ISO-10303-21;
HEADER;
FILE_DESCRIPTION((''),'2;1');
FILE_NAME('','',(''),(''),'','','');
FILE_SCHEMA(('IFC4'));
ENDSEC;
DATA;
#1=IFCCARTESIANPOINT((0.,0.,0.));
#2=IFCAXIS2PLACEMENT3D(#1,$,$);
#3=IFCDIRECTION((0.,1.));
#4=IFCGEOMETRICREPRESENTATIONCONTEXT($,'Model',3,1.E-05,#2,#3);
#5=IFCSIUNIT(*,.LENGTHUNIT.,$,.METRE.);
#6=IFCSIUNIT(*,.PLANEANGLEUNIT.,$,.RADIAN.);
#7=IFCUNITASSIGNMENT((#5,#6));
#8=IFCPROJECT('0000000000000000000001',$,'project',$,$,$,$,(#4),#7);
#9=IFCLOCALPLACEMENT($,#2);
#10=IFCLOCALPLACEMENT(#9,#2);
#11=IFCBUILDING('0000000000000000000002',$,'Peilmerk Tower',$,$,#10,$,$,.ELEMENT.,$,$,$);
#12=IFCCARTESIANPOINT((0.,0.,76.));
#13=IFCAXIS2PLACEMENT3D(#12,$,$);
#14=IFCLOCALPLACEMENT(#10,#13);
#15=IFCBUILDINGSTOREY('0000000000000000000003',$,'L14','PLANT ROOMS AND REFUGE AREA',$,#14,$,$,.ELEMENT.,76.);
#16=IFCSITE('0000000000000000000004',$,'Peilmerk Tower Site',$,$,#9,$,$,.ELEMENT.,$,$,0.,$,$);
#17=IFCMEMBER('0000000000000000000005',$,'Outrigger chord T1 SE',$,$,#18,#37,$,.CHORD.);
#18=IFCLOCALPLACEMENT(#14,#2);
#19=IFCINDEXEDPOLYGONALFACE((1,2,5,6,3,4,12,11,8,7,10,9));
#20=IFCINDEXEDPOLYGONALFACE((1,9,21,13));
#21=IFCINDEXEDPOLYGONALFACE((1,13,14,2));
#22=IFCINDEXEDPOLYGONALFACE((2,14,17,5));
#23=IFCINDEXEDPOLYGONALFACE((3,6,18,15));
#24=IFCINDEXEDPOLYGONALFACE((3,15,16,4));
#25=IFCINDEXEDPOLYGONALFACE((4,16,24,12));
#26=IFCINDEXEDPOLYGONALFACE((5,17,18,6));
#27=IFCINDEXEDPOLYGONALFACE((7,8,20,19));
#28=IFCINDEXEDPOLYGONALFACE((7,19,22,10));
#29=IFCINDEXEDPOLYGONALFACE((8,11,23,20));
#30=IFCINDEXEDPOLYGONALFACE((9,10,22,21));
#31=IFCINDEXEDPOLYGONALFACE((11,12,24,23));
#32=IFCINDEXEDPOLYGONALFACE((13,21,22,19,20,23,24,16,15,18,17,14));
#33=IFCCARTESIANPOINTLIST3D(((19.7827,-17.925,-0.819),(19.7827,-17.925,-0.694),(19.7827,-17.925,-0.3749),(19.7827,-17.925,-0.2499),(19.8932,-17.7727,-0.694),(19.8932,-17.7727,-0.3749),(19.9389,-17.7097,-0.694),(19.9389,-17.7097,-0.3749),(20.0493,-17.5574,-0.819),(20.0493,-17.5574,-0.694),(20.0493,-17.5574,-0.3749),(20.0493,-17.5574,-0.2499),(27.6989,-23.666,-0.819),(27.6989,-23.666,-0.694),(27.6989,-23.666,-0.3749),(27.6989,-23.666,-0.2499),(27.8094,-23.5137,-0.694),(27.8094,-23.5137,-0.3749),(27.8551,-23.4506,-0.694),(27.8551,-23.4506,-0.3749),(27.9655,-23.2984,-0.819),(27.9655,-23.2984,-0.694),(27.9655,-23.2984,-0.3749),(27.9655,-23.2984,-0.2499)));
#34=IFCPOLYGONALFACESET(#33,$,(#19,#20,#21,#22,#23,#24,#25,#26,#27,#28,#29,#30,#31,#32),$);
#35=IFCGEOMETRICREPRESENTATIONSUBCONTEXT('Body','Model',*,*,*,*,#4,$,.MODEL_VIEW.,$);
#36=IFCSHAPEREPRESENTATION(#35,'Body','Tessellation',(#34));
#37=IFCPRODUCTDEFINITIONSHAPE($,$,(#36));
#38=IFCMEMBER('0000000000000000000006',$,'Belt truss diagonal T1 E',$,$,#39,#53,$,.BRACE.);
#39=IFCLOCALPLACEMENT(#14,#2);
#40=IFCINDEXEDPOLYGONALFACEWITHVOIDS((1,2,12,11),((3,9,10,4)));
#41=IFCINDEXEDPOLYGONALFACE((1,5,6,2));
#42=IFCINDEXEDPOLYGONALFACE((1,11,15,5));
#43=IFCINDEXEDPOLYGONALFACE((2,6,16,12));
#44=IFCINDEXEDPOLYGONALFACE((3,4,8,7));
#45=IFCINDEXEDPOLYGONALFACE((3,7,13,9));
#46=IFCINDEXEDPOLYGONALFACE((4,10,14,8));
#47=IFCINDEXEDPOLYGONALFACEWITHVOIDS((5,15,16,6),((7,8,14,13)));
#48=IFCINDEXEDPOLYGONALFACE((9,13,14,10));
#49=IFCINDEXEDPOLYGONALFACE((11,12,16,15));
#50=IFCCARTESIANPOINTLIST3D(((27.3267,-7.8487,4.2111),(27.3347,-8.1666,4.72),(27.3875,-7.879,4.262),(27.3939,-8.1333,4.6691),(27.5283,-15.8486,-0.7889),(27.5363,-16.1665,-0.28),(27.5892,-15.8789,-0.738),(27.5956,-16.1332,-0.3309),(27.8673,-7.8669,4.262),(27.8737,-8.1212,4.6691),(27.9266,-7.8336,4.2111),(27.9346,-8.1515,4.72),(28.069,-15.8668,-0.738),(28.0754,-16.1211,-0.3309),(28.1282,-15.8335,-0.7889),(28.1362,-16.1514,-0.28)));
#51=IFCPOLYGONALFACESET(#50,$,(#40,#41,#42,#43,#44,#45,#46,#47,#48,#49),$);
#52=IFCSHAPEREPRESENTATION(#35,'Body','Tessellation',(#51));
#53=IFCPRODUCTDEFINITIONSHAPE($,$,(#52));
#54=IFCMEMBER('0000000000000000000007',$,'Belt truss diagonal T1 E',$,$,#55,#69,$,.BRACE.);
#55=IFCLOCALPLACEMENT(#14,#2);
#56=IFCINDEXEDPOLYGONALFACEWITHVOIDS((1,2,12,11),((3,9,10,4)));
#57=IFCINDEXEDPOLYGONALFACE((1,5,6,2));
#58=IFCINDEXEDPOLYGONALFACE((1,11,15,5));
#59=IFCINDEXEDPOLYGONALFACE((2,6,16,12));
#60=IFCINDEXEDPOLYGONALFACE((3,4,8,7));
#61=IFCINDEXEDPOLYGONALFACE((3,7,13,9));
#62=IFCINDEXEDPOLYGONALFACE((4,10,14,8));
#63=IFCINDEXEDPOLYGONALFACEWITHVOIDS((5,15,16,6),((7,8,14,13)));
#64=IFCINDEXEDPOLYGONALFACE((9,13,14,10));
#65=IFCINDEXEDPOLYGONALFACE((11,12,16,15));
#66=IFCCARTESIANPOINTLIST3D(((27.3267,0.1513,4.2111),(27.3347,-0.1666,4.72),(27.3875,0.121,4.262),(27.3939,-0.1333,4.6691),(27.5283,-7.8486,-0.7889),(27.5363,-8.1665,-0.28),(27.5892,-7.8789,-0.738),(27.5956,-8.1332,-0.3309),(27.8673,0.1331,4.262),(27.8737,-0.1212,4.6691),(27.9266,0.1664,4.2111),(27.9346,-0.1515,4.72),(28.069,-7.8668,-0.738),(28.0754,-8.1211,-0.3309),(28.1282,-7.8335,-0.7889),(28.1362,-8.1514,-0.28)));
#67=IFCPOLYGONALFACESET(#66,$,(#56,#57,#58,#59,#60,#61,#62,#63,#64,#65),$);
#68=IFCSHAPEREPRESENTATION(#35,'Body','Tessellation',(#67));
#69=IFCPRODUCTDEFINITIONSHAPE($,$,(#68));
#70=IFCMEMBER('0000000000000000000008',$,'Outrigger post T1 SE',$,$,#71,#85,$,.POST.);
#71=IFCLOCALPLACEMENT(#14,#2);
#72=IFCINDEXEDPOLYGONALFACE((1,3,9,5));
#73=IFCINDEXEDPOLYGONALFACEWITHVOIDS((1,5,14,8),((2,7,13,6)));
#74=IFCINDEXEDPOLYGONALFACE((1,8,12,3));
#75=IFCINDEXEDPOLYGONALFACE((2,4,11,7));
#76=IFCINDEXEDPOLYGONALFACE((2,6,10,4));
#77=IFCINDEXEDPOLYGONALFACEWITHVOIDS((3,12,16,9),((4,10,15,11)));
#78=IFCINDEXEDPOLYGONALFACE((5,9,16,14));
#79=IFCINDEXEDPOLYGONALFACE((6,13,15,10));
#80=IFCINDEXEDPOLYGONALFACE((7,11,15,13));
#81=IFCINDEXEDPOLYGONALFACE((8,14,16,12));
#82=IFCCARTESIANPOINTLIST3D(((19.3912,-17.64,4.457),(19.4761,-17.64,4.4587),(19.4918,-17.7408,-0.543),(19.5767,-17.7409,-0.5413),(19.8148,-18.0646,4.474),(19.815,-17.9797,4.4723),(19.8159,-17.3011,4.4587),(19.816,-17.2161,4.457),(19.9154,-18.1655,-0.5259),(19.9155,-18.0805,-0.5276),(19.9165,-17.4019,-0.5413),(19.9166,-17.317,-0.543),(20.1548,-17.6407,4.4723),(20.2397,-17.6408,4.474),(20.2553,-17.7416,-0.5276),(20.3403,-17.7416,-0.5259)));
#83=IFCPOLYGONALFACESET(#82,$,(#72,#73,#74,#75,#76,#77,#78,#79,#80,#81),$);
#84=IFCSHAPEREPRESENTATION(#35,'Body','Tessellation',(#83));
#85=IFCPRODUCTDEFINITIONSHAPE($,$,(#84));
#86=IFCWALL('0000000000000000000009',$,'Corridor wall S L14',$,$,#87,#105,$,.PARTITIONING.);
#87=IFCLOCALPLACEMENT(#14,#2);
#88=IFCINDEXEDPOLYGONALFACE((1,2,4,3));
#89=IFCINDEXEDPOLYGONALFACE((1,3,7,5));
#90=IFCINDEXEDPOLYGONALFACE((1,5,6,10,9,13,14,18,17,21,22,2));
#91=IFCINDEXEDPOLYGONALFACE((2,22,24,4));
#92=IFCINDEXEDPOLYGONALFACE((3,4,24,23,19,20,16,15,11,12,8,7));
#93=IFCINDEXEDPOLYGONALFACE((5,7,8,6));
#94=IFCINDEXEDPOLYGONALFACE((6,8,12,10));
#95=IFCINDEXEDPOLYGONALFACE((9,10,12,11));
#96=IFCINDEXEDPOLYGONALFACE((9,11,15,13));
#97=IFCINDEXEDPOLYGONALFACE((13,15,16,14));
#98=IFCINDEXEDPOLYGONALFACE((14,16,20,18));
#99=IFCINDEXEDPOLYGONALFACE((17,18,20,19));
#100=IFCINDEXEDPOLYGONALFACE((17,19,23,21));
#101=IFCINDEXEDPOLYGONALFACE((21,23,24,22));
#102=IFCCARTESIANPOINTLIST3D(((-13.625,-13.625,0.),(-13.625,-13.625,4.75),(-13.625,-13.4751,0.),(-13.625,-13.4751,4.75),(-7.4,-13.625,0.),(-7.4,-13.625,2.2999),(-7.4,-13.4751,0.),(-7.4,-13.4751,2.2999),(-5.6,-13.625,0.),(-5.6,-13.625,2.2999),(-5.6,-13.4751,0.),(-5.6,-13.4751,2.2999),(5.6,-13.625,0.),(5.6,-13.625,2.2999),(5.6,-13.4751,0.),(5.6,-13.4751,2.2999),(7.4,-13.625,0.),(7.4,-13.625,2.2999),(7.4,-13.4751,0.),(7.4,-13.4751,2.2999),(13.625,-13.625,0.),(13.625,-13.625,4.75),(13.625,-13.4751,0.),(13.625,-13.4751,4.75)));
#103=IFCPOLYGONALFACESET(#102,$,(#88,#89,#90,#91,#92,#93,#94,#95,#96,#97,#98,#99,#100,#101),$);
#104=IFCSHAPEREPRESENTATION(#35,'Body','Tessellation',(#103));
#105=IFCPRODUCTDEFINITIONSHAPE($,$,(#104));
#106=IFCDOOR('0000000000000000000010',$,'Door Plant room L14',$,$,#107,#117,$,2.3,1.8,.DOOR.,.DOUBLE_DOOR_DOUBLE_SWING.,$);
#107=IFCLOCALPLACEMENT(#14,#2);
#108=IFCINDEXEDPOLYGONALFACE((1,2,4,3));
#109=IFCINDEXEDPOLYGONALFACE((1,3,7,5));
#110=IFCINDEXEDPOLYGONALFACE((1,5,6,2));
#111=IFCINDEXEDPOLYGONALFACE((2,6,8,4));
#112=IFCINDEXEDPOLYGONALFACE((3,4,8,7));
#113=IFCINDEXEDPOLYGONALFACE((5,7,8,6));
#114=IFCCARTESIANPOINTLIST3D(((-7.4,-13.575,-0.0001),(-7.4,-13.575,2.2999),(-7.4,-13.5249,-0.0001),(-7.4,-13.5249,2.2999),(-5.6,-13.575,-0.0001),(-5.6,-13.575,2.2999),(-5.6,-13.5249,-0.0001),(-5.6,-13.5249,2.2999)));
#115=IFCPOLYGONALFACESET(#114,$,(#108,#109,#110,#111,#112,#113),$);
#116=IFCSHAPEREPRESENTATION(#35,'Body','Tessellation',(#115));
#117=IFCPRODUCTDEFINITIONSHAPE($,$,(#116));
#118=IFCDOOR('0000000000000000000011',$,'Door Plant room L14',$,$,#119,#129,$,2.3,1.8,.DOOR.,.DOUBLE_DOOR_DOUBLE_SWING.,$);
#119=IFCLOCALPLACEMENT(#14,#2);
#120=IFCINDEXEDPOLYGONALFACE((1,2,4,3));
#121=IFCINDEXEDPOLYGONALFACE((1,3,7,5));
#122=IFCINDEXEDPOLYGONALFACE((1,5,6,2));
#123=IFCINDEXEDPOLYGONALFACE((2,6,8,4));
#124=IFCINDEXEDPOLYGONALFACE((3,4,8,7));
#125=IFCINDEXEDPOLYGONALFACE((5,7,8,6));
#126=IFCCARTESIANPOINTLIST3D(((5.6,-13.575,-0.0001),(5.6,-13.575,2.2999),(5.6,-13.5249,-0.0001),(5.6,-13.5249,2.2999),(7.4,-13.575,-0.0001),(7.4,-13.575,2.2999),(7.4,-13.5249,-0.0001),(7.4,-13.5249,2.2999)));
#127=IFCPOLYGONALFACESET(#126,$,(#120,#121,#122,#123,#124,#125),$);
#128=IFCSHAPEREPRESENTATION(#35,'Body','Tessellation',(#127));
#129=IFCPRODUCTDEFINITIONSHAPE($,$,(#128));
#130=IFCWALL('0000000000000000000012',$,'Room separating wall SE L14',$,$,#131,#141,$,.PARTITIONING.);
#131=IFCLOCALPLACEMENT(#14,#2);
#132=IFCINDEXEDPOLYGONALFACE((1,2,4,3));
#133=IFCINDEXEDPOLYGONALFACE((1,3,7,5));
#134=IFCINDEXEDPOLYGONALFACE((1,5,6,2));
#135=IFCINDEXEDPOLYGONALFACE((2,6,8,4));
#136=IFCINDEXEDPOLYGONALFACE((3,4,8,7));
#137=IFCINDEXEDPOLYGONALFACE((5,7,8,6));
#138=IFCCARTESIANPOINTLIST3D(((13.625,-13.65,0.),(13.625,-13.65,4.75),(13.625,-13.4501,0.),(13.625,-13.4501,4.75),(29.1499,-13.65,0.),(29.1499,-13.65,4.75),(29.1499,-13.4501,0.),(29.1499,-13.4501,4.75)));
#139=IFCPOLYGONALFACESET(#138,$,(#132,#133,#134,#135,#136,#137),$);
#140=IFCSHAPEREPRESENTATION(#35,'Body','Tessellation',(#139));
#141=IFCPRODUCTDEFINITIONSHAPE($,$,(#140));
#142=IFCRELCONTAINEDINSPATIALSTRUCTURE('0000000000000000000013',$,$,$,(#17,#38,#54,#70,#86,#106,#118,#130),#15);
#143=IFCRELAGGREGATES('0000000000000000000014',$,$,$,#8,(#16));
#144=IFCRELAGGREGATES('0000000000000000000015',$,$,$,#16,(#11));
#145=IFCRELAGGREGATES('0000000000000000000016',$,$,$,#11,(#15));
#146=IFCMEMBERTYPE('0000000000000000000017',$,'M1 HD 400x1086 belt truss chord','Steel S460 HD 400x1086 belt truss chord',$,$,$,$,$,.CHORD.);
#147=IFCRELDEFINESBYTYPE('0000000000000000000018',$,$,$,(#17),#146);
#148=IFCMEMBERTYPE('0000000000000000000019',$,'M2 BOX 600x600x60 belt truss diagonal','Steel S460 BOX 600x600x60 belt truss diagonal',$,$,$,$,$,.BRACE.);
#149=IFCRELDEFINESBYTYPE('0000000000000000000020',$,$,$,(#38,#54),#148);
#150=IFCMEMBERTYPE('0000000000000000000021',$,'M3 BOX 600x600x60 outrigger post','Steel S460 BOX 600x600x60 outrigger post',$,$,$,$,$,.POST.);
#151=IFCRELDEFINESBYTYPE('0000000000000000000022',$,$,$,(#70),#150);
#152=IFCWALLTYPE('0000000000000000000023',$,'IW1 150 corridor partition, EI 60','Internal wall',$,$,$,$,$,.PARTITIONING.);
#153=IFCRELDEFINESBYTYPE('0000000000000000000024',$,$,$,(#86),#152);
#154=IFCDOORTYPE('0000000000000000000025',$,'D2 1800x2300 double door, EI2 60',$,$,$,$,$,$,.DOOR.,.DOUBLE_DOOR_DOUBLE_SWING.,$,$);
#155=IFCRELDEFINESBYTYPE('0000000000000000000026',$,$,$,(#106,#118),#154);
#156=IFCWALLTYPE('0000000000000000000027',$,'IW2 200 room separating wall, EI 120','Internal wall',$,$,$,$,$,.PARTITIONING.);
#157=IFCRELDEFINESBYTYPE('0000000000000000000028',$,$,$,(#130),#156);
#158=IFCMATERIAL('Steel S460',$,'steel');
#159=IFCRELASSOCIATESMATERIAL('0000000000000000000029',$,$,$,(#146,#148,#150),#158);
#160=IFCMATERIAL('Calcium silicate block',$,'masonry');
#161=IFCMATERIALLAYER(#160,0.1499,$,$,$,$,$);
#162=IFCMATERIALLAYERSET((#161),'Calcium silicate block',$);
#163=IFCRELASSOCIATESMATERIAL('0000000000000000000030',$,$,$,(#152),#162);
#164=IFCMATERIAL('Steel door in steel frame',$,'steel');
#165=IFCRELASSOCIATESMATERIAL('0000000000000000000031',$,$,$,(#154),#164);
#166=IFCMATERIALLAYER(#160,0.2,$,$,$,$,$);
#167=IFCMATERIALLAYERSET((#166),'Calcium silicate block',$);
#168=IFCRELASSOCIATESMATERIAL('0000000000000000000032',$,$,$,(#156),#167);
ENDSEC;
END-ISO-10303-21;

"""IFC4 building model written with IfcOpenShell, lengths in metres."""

from ifc_helpers import new_model, si_unit, direction, frame, frame_2d, origin, origin_2d, place, context, subcontext, project, spatial, rectangle, hollow_rectangle, i_section, extrude, material, layer, layer_set, material_profile, profile_set, type_object, element, fill, save


model = new_model("IFC4")

# Units and contexts
model_context = context("Model", 3, precision=1e-05, world=origin(), true_north=direction((0.0, 1.0)))
body_context = subcontext(model_context, "Body", "Model", "MODEL_VIEW")
ifc_project = project(units=[si_unit("LENGTHUNIT", "METRE"), si_unit("PLANEANGLEUNIT", "RADIAN")], contexts=[model_context])

# Site, building, storey
site_placement = place(None, origin())
site = spatial("IfcSite", under=ifc_project, at=site_placement, Name="Peilmerk Tower Site", CompositionType="ELEMENT", RefElevation=0.0)
building_placement = place(site_placement, origin())
building = spatial("IfcBuilding", under=site, at=building_placement, Name="Peilmerk Tower", CompositionType="ELEMENT")
storey_placement = place(building_placement, frame((0.0, 0.0, 76.0)))
storey = spatial("IfcBuildingStorey", under=building, at=storey_placement, Name="L14", Description="PLANT ROOMS AND REFUGE AREA", CompositionType="ELEMENT", Elevation=76.0)

# Shared definitions
ifc_material_1 = material(Name="Steel S460", Category="steel")

# Members
ifc_material_profile_1 = material_profile(ifc_material_1, i_section(OverallWidth=0.4541, OverallDepth=0.5691, WebThickness=0.0779, FlangeThickness=0.125, at=origin_2d()), Name="HD 400x1086")
ifc_profile_set_1 = profile_set([ifc_material_profile_1], Name="Steel S460")
member_type_1 = type_object("IfcMemberType", Name="M1 HD 400x1086 belt truss chord", Description="Steel S460 HD 400x1086 belt truss chord", PredefinedType="CHORD", material=ifc_profile_set_1)
member_1_placement = place(storey_placement, frame((19.916, -17.7412, -0.5344), z_axis=(0.809529, -0.58708, 0.0), x_axis=(0.58708, 0.809529, 0.0)))
element("IfcMember", 1, at=member_1_placement, inside=storey, type_object=member_type_1, Name="Outrigger chord T1 SE", PredefinedType="CHORD", context=body_context, shape_type="SweptSolid", body=[
    extrude(i_section(OverallWidth=0.4541, OverallDepth=0.5691, WebThickness=0.0779, FlangeThickness=0.125, at=origin_2d()), origin(), (0.0, 0.0, 1.0), 9.7788),
])
ifc_material_profile_2 = material_profile(ifc_material_1, hollow_rectangle(XDim=0.6001, YDim=0.6001, WallThickness=0.0601, at=origin_2d()), Name="BOX 600x600x60")
ifc_profile_set_2 = profile_set([ifc_material_profile_2], Name="Steel S460")
member_type_2 = type_object("IfcMemberType", Name="M2 BOX 600x600x60 belt truss diagonal", Description="Steel S460 BOX 600x600x60 belt truss diagonal", PredefinedType="BRACE", material=ifc_profile_set_2)
for number, where, z_axis, x_axis, name in (
    (2, (27.8323, -16.0, -0.5344), (-0.021371, 0.847805, 0.529878), (-0.999682, -0.0252, 0.0), "Belt truss diagonal T1 E"),
    (3, (27.8323, -8.0, -0.5344), (-0.021371, 0.847805, 0.529878), (-0.999682, -0.0252, 0.0), "Belt truss diagonal T1 E"),
):
    element("IfcMember", number, at=place(storey_placement, frame(where, z_axis=z_axis, x_axis=x_axis)), inside=storey, type_object=member_type_2, Name=name, PredefinedType="BRACE", context=body_context, shape_type="SweptSolid", body=[
        extrude(hollow_rectangle(XDim=0.6001, YDim=0.6001, WallThickness=0.0601, at=origin_2d()), origin(), (0.0, 0.0, 1.0), 9.436),
    ])
ifc_material_profile_3 = material_profile(ifc_material_1, hollow_rectangle(XDim=0.6001, YDim=0.6001, WallThickness=0.0601, at=origin_2d()), Name="BOX 600x600x60")
ifc_profile_set_3 = profile_set([ifc_material_profile_3], Name="Steel S460")
member_type_3 = type_object("IfcMemberType", Name="M3 BOX 600x600x60 outrigger post", Description="Steel S460 BOX 600x600x60 outrigger post", PredefinedType="POST", material=ifc_profile_set_3)
member_2_placement = place(storey_placement, frame((19.916, -17.7412, -0.5344), z_axis=(-0.020109, 0.020158, 0.999595), x_axis=(-0.707963, -0.706249, 0.0)))
element("IfcMember", 4, at=member_2_placement, inside=storey, type_object=member_type_3, Name="Outrigger post T1 SE", PredefinedType="POST", context=body_context, shape_type="SweptSolid", body=[
    extrude(hollow_rectangle(XDim=0.6001, YDim=0.6001, WallThickness=0.0601, at=origin_2d()), origin(), (0.0, 0.0, 1.0), 5.002),
])

# Wall, openings, doors
ifc_material_2 = material(Name="Calcium silicate block", Category="masonry")
ifc_layer_1 = layer(ifc_material_2, 0.1499)
ifc_layer_set_1 = layer_set([ifc_layer_1], Name="Calcium silicate block")
wall_type_1 = type_object("IfcWallType", Name="IW1 150 corridor partition, EI 60", Description="Internal wall", PredefinedType="PARTITIONING", material=ifc_layer_set_1)
wall_1_placement = place(storey_placement, frame((13.625, -13.55, 0.0), z_axis=(0.0, 0.0, 1.0), x_axis=(-1.0, 0.0, 0.0)))
wall_1 = element("IfcWall", 5, at=wall_1_placement, inside=storey, type_object=wall_type_1, Name="Corridor wall S L14", PredefinedType="PARTITIONING", context=body_context, shape_type="SweptSolid", body=[
    extrude(rectangle(XDim=27.25, YDim=0.1499, at=frame_2d((13.625, 0.0))), origin(), (0.0, 0.0, 1.0), 4.75),
])
opening_1_placement = place(wall_1_placement, frame((19.2251, 0.0, 0.0)))
opening_1 = element("IfcOpeningElement", 6, at=opening_1_placement, cuts=wall_1, PredefinedType="OPENING", context=body_context, shape_type="SweptSolid", body=[
    extrude(rectangle(XDim=1.8, YDim=2.3, at=frame_2d((0.8999, 1.1499))), frame((0.0, 0.085, 0.0), z_axis=(0.0, -1.0, 0.0), x_axis=(1.0, 0.0, 0.0)), (0.0, 0.0, 1.0), 0.1699),
])
opening_2_placement = place(wall_1_placement, frame((6.2251, 0.0, 0.0)))
opening_2 = element("IfcOpeningElement", 7, at=opening_2_placement, cuts=wall_1, PredefinedType="OPENING", context=body_context, shape_type="SweptSolid", body=[
    extrude(rectangle(XDim=1.8, YDim=2.3, at=frame_2d((0.8999, 1.1499))), frame((0.0, 0.085, 0.0), z_axis=(0.0, -1.0, 0.0), x_axis=(1.0, 0.0, 0.0)), (0.0, 0.0, 1.0), 0.1699),
])
ifc_material_3 = material(Name="Steel door in steel frame", Category="steel")
door_type = type_object("IfcDoorType", Name="D2 1800x2300 double door, EI2 60", OperationType="DOUBLE_DOOR_DOUBLE_SWING", PredefinedType="DOOR", material=ifc_material_3)
door_1_placement = place(opening_1_placement, origin())
door_1 = element("IfcDoor", 8, at=door_1_placement, inside=storey, type_object=door_type, Name="Door Plant room L14", OperationType="DOUBLE_DOOR_DOUBLE_SWING", OverallHeight=2.3, OverallWidth=1.8, PredefinedType="DOOR", context=body_context, shape_type="SweptSolid", body=[
    extrude(rectangle(XDim=1.8, YDim=2.3, at=frame_2d((0.8999, 1.1499))), frame((0.0, 0.0249, 0.0), z_axis=(0.0, -1.0, 0.0), x_axis=(1.0, 0.0, 0.0)), (0.0, 0.0, 1.0), 0.05),
])
fill(opening_1, door_1)
door_2_placement = place(opening_2_placement, origin())
door_2 = element("IfcDoor", 9, at=door_2_placement, inside=storey, type_object=door_type, Name="Door Plant room L14", OperationType="DOUBLE_DOOR_DOUBLE_SWING", OverallHeight=2.3, OverallWidth=1.8, PredefinedType="DOOR", context=body_context, shape_type="SweptSolid", body=[
    extrude(rectangle(XDim=1.8, YDim=2.3, at=frame_2d((0.8999, 1.1499))), frame((0.0, 0.0249, 0.0), z_axis=(0.0, -1.0, 0.0), x_axis=(1.0, 0.0, 0.0)), (0.0, 0.0, 1.0), 0.05),
])
fill(opening_2, door_2)

# Wall
ifc_layer_2 = layer(ifc_material_2, 0.2)
ifc_layer_set_2 = layer_set([ifc_layer_2], Name="Calcium silicate block")
wall_type_2 = type_object("IfcWallType", Name="IW2 200 room separating wall, EI 120", Description="Internal wall", PredefinedType="PARTITIONING", material=ifc_layer_set_2)
wall_2_placement = place(storey_placement, frame((29.1499, -13.55, 0.0), z_axis=(0.0, 0.0, 1.0), x_axis=(-1.0, 0.0, 0.0)))
element("IfcWall", 10, at=wall_2_placement, inside=storey, type_object=wall_type_2, Name="Room separating wall SE L14", PredefinedType="PARTITIONING", context=body_context, shape_type="SweptSolid", body=[
    extrude(rectangle(XDim=15.5249, YDim=0.2, at=frame_2d((7.7625, 0.0))), origin(), (0.0, 0.0, 1.0), 4.75),
])

save(model, "model.ifc")
